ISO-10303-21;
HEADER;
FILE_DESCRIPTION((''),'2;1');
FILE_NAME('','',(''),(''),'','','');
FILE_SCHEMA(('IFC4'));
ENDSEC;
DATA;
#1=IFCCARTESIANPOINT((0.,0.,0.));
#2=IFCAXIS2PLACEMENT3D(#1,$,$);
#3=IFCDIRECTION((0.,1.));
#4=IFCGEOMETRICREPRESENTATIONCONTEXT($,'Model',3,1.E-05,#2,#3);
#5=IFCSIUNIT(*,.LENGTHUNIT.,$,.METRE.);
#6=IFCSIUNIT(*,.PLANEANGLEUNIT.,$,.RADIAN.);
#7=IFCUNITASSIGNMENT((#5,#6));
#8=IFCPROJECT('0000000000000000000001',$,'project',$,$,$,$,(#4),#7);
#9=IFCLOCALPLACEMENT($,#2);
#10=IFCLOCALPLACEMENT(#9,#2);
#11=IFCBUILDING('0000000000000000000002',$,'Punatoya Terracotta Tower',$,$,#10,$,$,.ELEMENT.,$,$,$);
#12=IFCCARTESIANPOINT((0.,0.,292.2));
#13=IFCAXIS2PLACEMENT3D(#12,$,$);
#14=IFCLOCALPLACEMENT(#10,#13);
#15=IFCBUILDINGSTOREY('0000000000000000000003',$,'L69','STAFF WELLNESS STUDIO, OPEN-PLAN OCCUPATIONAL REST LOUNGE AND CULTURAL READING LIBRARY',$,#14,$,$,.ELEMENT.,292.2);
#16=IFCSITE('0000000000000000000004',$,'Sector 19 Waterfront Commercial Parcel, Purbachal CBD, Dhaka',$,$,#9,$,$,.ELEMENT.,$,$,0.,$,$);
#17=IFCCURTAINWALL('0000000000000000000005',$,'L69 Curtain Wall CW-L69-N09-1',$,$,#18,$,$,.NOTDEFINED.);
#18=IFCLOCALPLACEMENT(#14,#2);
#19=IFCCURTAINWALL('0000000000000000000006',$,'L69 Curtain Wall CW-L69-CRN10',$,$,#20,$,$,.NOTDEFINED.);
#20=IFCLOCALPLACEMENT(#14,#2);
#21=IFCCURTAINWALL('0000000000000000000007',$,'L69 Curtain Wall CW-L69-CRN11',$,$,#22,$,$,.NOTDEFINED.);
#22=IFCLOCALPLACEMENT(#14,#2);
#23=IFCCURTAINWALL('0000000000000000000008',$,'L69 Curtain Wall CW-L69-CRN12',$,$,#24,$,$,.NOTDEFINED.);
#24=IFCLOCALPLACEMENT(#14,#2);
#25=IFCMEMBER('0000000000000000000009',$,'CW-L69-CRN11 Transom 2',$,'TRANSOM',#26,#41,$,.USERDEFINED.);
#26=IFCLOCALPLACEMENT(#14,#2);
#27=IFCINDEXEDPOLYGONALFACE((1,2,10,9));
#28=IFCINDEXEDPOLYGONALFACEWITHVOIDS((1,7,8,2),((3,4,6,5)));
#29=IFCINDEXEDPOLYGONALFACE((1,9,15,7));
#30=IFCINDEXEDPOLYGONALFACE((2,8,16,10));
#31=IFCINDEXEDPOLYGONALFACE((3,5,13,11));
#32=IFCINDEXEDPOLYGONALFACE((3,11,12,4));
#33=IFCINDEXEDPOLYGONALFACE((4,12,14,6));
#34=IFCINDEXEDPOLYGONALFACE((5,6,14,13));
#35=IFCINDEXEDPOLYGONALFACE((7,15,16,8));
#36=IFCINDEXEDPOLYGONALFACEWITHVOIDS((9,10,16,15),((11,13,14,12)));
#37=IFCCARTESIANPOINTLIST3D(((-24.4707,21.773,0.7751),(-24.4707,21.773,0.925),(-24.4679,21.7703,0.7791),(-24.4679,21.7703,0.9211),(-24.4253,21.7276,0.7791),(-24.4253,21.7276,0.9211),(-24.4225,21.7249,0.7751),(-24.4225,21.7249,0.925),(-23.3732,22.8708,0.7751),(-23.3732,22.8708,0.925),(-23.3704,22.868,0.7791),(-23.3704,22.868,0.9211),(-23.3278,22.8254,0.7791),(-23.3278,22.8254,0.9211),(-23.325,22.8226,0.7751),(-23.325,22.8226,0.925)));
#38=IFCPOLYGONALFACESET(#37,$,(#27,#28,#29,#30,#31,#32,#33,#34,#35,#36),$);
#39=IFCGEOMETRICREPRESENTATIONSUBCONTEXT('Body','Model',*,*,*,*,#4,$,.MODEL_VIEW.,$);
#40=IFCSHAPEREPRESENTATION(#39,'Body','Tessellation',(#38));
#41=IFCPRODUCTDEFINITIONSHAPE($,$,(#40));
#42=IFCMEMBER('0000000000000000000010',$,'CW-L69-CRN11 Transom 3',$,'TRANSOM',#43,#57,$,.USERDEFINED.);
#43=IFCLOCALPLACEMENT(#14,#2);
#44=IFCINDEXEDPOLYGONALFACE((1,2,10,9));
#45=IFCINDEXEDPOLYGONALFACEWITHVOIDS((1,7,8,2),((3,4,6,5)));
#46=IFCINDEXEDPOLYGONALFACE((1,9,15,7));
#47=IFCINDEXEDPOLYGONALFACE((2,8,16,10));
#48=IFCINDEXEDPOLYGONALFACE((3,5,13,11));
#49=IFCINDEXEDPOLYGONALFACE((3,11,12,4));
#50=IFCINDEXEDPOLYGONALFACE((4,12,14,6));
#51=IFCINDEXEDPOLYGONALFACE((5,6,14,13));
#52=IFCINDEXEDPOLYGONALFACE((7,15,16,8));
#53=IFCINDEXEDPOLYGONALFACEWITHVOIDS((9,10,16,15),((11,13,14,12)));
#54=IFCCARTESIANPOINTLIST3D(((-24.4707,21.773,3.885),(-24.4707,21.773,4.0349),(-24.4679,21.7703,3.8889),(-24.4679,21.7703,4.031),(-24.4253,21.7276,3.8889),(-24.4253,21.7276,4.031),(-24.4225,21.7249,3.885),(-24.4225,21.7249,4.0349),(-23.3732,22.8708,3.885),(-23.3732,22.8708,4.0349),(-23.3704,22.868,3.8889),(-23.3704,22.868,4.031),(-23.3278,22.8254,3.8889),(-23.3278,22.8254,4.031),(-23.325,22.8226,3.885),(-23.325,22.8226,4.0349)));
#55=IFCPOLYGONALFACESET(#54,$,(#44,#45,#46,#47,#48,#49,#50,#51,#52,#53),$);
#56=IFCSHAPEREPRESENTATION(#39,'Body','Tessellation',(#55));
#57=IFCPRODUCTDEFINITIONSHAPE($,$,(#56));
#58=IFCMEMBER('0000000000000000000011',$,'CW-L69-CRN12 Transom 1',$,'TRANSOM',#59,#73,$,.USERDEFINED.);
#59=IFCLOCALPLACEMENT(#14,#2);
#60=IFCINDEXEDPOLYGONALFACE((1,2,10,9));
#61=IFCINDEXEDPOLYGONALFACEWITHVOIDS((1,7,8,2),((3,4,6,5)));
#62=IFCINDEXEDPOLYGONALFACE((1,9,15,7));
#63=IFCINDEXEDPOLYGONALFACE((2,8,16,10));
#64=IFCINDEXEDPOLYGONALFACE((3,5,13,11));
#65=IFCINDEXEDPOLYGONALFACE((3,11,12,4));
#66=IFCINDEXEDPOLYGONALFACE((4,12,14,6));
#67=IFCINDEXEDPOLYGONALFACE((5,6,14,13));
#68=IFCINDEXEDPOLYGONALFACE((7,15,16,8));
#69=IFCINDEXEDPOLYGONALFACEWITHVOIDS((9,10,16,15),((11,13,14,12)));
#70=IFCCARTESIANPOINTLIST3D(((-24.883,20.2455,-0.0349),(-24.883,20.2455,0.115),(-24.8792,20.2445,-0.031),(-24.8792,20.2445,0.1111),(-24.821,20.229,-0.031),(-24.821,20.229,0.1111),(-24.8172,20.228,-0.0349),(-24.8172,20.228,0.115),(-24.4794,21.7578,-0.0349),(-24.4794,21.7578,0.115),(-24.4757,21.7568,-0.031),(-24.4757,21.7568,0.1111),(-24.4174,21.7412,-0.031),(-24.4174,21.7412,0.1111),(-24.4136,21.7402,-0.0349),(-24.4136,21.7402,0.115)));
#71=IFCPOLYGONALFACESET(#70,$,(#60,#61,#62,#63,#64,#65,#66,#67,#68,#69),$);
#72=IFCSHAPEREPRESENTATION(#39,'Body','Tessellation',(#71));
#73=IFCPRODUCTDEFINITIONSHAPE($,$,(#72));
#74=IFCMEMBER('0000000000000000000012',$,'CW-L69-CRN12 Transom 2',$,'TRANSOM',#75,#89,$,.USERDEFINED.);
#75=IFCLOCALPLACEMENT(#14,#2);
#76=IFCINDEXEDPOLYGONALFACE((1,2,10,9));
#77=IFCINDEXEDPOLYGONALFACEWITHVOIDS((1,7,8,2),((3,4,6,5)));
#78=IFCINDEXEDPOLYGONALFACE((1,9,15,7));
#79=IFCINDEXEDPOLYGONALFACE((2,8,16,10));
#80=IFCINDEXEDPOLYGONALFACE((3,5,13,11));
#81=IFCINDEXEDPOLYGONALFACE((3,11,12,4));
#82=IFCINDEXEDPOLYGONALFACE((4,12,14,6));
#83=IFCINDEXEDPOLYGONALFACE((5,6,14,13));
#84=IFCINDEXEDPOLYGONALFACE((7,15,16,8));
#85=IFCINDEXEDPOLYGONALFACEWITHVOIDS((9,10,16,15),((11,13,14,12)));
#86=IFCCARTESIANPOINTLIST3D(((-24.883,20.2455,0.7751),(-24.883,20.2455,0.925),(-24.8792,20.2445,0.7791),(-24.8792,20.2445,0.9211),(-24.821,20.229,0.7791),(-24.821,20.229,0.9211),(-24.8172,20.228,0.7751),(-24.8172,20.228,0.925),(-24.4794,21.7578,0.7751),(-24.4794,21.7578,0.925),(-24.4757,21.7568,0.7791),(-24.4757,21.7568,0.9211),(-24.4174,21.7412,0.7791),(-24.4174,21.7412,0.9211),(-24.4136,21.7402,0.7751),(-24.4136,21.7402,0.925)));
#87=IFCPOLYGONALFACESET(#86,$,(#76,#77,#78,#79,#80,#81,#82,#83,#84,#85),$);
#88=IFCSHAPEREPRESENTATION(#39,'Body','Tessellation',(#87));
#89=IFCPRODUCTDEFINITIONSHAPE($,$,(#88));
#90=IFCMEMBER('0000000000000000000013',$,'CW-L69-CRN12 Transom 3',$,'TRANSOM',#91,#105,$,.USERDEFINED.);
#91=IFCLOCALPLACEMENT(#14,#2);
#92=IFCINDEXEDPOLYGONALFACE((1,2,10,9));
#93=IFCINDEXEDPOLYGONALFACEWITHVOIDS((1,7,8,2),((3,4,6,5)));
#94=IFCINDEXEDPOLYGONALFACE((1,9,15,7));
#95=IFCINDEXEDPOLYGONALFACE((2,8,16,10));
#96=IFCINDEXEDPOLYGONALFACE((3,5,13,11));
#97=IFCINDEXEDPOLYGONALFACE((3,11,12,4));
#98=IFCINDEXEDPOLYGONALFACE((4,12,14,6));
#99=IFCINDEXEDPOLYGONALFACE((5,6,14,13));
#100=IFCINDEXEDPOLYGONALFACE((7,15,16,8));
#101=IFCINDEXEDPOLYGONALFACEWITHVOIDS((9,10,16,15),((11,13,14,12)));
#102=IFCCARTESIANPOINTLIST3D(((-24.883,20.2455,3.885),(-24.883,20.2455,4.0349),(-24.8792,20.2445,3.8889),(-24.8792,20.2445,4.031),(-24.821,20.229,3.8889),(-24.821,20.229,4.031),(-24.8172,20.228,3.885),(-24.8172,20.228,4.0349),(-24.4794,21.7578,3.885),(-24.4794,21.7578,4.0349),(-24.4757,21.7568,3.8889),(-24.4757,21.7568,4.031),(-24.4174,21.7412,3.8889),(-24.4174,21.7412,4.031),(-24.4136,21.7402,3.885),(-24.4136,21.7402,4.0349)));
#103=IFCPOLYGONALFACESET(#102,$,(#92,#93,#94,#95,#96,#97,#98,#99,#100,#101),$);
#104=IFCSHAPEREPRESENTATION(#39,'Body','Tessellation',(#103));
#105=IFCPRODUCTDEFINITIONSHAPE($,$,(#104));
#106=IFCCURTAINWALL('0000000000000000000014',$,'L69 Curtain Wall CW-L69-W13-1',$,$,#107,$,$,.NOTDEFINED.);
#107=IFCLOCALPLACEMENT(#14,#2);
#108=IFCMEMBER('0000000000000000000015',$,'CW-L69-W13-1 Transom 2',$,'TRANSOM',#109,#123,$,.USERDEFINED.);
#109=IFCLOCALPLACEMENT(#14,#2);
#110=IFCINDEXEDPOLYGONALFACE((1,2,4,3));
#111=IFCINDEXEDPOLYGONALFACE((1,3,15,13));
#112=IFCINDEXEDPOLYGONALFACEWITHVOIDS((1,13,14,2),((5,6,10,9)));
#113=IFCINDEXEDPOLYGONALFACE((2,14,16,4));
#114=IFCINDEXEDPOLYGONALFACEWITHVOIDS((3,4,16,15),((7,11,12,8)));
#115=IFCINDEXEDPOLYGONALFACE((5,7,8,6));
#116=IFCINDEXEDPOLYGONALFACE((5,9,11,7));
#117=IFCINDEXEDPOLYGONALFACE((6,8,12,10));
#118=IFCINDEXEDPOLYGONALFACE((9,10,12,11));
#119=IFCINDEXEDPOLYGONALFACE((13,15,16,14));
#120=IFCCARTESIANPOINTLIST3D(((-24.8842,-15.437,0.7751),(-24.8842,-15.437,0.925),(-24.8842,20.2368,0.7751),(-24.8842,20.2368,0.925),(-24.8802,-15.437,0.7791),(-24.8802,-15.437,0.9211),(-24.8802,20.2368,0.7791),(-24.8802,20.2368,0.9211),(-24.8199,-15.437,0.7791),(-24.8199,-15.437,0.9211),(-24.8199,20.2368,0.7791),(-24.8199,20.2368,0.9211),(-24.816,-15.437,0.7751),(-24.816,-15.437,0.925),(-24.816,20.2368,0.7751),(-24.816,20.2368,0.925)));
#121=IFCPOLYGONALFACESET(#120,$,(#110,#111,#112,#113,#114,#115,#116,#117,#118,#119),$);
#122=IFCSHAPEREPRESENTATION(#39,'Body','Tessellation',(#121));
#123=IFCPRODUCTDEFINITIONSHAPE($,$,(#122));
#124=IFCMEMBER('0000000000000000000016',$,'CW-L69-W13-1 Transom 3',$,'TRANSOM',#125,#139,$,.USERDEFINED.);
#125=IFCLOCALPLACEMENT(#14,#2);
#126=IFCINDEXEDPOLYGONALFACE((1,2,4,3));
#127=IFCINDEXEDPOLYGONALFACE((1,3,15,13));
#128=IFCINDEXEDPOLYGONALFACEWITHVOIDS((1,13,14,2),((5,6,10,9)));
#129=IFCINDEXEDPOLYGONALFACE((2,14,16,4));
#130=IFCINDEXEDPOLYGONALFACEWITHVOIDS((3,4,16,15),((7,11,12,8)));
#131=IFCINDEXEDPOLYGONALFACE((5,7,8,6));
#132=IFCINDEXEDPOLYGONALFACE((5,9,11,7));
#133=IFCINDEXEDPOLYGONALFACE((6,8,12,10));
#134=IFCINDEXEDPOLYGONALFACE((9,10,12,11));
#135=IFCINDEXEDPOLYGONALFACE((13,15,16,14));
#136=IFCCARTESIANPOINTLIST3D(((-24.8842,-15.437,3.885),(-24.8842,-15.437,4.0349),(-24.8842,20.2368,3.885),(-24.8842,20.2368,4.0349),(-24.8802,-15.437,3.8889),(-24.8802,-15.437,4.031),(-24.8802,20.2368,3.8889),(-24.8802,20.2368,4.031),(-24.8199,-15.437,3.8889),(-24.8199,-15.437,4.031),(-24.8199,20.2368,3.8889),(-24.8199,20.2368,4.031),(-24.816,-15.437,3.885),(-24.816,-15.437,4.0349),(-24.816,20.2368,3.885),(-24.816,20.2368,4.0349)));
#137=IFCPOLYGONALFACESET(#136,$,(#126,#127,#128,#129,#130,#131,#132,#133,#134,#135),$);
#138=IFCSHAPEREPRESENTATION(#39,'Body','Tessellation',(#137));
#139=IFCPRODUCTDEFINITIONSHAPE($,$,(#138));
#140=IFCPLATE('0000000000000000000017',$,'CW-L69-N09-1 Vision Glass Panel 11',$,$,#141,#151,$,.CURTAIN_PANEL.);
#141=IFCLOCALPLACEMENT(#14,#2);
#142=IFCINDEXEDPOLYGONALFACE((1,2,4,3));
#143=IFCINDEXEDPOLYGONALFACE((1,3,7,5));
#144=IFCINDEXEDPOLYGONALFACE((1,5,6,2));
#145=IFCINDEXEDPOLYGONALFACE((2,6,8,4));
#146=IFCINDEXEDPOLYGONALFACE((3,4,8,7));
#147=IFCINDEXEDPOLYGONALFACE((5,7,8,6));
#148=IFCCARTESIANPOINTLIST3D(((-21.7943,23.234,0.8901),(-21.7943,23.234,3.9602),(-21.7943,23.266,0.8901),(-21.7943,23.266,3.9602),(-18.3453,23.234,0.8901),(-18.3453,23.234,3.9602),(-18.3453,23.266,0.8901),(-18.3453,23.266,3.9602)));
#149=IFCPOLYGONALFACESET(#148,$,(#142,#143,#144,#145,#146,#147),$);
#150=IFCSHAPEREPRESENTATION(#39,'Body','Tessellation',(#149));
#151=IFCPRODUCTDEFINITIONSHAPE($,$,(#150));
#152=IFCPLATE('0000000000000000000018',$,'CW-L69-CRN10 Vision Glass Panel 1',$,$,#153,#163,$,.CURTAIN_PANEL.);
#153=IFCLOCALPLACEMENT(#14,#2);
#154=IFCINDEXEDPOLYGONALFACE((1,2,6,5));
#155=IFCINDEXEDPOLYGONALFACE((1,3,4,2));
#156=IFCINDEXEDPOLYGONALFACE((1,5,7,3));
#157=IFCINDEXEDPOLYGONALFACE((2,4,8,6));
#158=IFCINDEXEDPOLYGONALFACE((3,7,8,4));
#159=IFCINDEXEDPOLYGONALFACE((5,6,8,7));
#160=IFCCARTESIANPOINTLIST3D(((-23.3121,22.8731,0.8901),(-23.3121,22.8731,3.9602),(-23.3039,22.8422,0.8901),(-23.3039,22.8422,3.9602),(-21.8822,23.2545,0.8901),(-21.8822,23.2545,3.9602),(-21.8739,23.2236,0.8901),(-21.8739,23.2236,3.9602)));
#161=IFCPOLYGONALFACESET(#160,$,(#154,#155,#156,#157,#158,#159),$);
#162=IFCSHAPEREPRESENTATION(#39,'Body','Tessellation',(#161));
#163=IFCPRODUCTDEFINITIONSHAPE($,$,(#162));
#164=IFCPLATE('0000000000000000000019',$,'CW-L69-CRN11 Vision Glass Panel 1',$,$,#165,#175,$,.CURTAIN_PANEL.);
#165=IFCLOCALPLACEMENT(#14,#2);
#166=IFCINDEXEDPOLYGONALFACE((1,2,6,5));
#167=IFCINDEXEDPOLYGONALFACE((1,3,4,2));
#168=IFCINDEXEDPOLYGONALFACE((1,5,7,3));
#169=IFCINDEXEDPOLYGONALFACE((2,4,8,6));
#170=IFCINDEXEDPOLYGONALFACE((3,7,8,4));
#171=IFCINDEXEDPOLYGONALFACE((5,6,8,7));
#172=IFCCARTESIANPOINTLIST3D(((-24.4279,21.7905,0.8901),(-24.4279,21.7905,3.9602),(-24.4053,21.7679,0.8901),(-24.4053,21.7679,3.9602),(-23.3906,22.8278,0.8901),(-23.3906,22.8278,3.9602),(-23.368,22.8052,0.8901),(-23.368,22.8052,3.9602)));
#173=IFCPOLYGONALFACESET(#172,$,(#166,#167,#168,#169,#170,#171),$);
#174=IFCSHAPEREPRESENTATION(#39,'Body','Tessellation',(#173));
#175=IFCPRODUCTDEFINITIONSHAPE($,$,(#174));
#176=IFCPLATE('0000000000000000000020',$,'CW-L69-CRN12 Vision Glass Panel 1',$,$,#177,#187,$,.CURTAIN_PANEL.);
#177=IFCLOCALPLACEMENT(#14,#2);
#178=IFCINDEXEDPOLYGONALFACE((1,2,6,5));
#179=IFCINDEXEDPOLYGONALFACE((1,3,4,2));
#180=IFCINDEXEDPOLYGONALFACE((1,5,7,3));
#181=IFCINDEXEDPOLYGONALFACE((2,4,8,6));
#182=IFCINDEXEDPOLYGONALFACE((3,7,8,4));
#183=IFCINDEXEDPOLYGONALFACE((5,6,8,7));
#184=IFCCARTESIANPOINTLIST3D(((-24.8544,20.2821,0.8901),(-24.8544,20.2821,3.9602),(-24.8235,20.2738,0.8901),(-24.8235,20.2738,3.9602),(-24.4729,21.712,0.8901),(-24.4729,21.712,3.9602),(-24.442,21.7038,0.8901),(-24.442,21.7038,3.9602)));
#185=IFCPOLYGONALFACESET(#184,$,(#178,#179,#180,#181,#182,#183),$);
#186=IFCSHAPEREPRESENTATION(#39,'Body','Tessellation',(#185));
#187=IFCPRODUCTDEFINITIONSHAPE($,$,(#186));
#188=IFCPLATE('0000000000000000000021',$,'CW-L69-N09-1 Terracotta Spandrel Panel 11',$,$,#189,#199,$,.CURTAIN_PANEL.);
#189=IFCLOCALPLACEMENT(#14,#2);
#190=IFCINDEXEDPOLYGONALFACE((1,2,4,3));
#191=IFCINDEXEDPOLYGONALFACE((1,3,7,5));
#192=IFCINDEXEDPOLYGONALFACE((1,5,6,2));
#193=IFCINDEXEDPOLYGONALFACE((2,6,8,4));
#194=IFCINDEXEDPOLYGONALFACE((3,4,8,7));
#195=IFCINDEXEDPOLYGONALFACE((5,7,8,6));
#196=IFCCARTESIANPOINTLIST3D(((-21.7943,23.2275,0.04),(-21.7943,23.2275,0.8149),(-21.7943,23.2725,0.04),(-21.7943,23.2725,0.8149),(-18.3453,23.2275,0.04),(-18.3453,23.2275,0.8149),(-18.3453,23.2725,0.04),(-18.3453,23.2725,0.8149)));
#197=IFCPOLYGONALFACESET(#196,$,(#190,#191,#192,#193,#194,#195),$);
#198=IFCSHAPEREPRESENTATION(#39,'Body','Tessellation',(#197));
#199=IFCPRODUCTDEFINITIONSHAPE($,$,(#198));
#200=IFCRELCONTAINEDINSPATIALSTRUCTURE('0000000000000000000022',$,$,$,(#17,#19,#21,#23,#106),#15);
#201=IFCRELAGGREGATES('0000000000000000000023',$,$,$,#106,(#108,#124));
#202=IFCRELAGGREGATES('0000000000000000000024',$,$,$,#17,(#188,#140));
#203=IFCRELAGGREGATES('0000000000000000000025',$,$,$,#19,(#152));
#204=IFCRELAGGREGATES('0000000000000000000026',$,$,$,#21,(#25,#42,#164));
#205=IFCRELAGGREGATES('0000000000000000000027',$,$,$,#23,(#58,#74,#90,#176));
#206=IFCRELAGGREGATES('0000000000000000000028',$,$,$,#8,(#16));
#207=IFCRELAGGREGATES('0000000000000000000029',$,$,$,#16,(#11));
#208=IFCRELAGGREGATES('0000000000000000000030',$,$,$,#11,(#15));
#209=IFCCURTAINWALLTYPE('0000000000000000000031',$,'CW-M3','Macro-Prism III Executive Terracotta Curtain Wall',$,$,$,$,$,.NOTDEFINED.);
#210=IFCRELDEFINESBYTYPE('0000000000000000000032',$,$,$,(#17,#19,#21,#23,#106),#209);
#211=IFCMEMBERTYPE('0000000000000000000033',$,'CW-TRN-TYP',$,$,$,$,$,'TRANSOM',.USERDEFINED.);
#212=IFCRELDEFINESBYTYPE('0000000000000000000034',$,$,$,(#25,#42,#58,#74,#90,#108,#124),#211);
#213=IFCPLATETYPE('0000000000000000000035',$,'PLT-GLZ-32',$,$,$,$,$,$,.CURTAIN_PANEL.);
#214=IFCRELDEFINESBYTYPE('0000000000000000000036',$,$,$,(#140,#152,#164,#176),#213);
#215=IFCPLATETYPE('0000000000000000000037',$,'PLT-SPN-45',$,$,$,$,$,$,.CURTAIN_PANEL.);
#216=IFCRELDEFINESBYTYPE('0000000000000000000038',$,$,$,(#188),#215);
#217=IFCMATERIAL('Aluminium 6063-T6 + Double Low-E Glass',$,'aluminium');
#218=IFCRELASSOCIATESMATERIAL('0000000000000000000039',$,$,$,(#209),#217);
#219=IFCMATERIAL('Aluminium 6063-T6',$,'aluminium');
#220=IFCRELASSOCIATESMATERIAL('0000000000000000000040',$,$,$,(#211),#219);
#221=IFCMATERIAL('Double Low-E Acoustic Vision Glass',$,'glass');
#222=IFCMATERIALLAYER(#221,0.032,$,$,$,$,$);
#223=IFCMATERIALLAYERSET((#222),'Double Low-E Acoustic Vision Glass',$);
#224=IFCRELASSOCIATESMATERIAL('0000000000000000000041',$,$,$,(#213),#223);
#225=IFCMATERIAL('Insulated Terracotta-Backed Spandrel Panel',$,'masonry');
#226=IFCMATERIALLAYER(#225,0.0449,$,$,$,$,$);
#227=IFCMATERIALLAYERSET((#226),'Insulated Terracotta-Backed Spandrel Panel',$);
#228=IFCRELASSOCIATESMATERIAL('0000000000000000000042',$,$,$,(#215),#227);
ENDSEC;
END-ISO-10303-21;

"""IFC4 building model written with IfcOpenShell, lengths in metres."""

from ifc_helpers import new_model, si_unit, direction, frame, origin, origin_2d, place, context, subcontext, project, spatial, rectangle, hollow_rectangle, extrude, material, layer, layer_set, material_profile, profile_set, type_object, element, aggregate, save


model = new_model("IFC4")

# Units and contexts
model_context = context("Model", 3, precision=1e-05, world=origin(), true_north=direction((0.0, 1.0)))
body_context = subcontext(model_context, "Body", "Model", "MODEL_VIEW")
ifc_project = project(units=[si_unit("LENGTHUNIT", "METRE"), si_unit("PLANEANGLEUNIT", "RADIAN")], contexts=[model_context])

# Site, building, storey
site_placement = place(None, origin())
site = spatial("IfcSite", under=ifc_project, at=site_placement, Name="Sector 19 Waterfront Commercial Parcel, Purbachal CBD, Dhaka", CompositionType="ELEMENT", RefElevation=0.0)
building_placement = place(site_placement, origin())
building = spatial("IfcBuilding", under=site, at=building_placement, Name="Punatoya Terracotta Tower", CompositionType="ELEMENT")
storey_placement = place(building_placement, frame((0.0, 0.0, 292.2)))
storey = spatial("IfcBuildingStorey", under=building, at=storey_placement, Name="L69", Description="STAFF WELLNESS STUDIO, OPEN-PLAN OCCUPATIONAL REST LOUNGE AND CULTURAL READING LIBRARY", CompositionType="ELEMENT", Elevation=292.2)

# Curtain wall
ifc_material_1 = material(Name="Aluminium 6063-T6 + Double Low-E Glass", Category="aluminium")
curtain_wall_type = type_object("IfcCurtainWallType", Name="CW-M3", Description="Macro-Prism III Executive Terracotta Curtain Wall", PredefinedType="NOTDEFINED", material=ifc_material_1)
curtain_wall_1_placement = place(storey_placement, origin())
curtain_wall_1 = element("IfcCurtainWall", 1, at=curtain_wall_1_placement, inside=storey, type_object=curtain_wall_type, Name="L69 Curtain Wall CW-L69-N09-1", PredefinedType="NOTDEFINED")
ifc_material_2 = material(Name="Aluminium 6063-T6", Category="aluminium")

# Curtain walls
curtain_wall_2_placement = place(storey_placement, origin())
curtain_wall_2 = element("IfcCurtainWall", 2, at=curtain_wall_2_placement, inside=storey, type_object=curtain_wall_type, Name="L69 Curtain Wall CW-L69-CRN10", PredefinedType="NOTDEFINED")
curtain_wall_3_placement = place(storey_placement, origin())
curtain_wall_3 = element("IfcCurtainWall", 3, at=curtain_wall_3_placement, inside=storey, type_object=curtain_wall_type, Name="L69 Curtain Wall CW-L69-CRN11", PredefinedType="NOTDEFINED")
curtain_wall_4_placement = place(storey_placement, origin())
curtain_wall_4 = element("IfcCurtainWall", 4, at=curtain_wall_4_placement, inside=storey, type_object=curtain_wall_type, Name="L69 Curtain Wall CW-L69-CRN12", PredefinedType="NOTDEFINED")

# Members
ifc_material_profile_1 = material_profile(ifc_material_2, hollow_rectangle(XDim=0.0681, YDim=0.1499, WallThickness=0.0039, at=origin_2d()))
ifc_profile_set_1 = profile_set([ifc_material_profile_1], Name="Aluminium 6063-T6")
member_type_1 = type_object("IfcMemberType", Name="CW-TRN-TYP", ElementType="TRANSOM", PredefinedType="USERDEFINED", material=ifc_profile_set_1)
member_1_placement = place(storey_placement, frame((-23.3491, 22.8467, 0.8501), z_axis=(-0.707028, -0.707185, 0.0), x_axis=(0.707185, -0.707028, 0.0)))
member_1 = element("IfcMember", 5, at=member_1_placement, type_object=member_type_1, Name="CW-L69-CRN11 Transom 2", ObjectType="TRANSOM", PredefinedType="USERDEFINED", context=body_context, shape_type="SweptSolid", body=[
    extrude(hollow_rectangle(XDim=0.0681, YDim=0.1499, WallThickness=0.0039, at=origin_2d()), origin(), (0.0, 0.0, 1.0), 1.5522),
])
member_2_placement = place(storey_placement, frame((-23.3491, 22.8467, 3.96), z_axis=(-0.707028, -0.707185, 0.0), x_axis=(0.707185, -0.707028, 0.0)))
member_2 = element("IfcMember", 6, at=member_2_placement, type_object=member_type_1, Name="CW-L69-CRN11 Transom 3", ObjectType="TRANSOM", PredefinedType="USERDEFINED", context=body_context, shape_type="SweptSolid", body=[
    extrude(hollow_rectangle(XDim=0.0681, YDim=0.1499, WallThickness=0.0039, at=origin_2d()), origin(), (0.0, 0.0, 1.0), 1.5522),
])
member_3_placement = place(storey_placement, frame((-24.4465, 21.749, 0.04), z_axis=(-0.257847, -0.966186, 0.0), x_axis=(0.966186, -0.257847, 0.0)))
member_3 = element("IfcMember", 7, at=member_3_placement, type_object=member_type_1, Name="CW-L69-CRN12 Transom 1", ObjectType="TRANSOM", PredefinedType="USERDEFINED", context=body_context, shape_type="SweptSolid", body=[
    extrude(hollow_rectangle(XDim=0.0681, YDim=0.1499, WallThickness=0.0039, at=origin_2d()), origin(), (0.0, 0.0, 1.0), 1.5652),
])
member_4_placement = place(storey_placement, frame((-24.4465, 21.749, 0.8501), z_axis=(-0.257847, -0.966186, 0.0), x_axis=(0.966186, -0.257847, 0.0)))
member_4 = element("IfcMember", 8, at=member_4_placement, type_object=member_type_1, Name="CW-L69-CRN12 Transom 2", ObjectType="TRANSOM", PredefinedType="USERDEFINED", context=body_context, shape_type="SweptSolid", body=[
    extrude(hollow_rectangle(XDim=0.0681, YDim=0.1499, WallThickness=0.0039, at=origin_2d()), origin(), (0.0, 0.0, 1.0), 1.5652),
])
member_5_placement = place(storey_placement, frame((-24.4465, 21.749, 3.96), z_axis=(-0.257847, -0.966186, 0.0), x_axis=(0.966186, -0.257847, 0.0)))
member_5 = element("IfcMember", 9, at=member_5_placement, type_object=member_type_1, Name="CW-L69-CRN12 Transom 3", ObjectType="TRANSOM", PredefinedType="USERDEFINED", context=body_context, shape_type="SweptSolid", body=[
    extrude(hollow_rectangle(XDim=0.0681, YDim=0.1499, WallThickness=0.0039, at=origin_2d()), origin(), (0.0, 0.0, 1.0), 1.5652),
])

# Curtain wall, members
curtain_wall_5_placement = place(storey_placement, origin())
curtain_wall_5 = element("IfcCurtainWall", 10, at=curtain_wall_5_placement, inside=storey, type_object=curtain_wall_type, Name="L69 Curtain Wall CW-L69-W13-1", PredefinedType="NOTDEFINED")
member_6_placement = place(storey_placement, frame((-24.8501, 20.2368, 0.8501), z_axis=(0.0, -1.0, 0.0), x_axis=(1.0, 0.0, 0.0)))
member_6 = element("IfcMember", 11, at=member_6_placement, type_object=member_type_1, Name="CW-L69-W13-1 Transom 2", ObjectType="TRANSOM", PredefinedType="USERDEFINED", context=body_context, shape_type="SweptSolid", body=[
    extrude(hollow_rectangle(XDim=0.0681, YDim=0.1499, WallThickness=0.0039, at=origin_2d()), origin(), (0.0, 0.0, 1.0), 35.6738),
])
member_7_placement = place(storey_placement, frame((-24.8501, 20.2368, 3.96), z_axis=(0.0, -1.0, 0.0), x_axis=(1.0, 0.0, 0.0)))
member_7 = element("IfcMember", 12, at=member_7_placement, type_object=member_type_1, Name="CW-L69-W13-1 Transom 3", ObjectType="TRANSOM", PredefinedType="USERDEFINED", context=body_context, shape_type="SweptSolid", body=[
    extrude(hollow_rectangle(XDim=0.0681, YDim=0.1499, WallThickness=0.0039, at=origin_2d()), origin(), (0.0, 0.0, 1.0), 35.6738),
])
aggregate(curtain_wall_5, [member_6, member_7])

# Plates
ifc_material_3 = material(Name="Double Low-E Acoustic Vision Glass", Category="glass")
ifc_layer_1 = layer(ifc_material_3, 0.032)
ifc_layer_set_1 = layer_set([ifc_layer_1], Name="Double Low-E Acoustic Vision Glass")
plate_type_1 = type_object("IfcPlateType", Name="PLT-GLZ-32", PredefinedType="CURTAIN_PANEL", material=ifc_layer_set_1)
plate_1_placement = place(storey_placement, frame((-20.0698, 23.25, 0.8901), z_axis=(0.0, 0.0, 1.0), x_axis=(-1.0, 0.0, 0.0)))
plate_1 = element("IfcPlate", 13, at=plate_1_placement, type_object=plate_type_1, Name="CW-L69-N09-1 Vision Glass Panel 11", PredefinedType="CURTAIN_PANEL", context=body_context, shape_type="SweptSolid", body=[
    extrude(rectangle(XDim=3.449, YDim=0.032, at=origin_2d()), origin(), (0.0, 0.0, 1.0), 3.0701),
])
plate_2_placement = place(storey_placement, frame((-22.593, 23.0483, 0.8901), z_axis=(0.0, 0.0, 1.0), x_axis=(-0.966214, -0.257742, 0.0)))
plate_2 = element("IfcPlate", 14, at=plate_2_placement, type_object=plate_type_1, Name="CW-L69-CRN10 Vision Glass Panel 1", PredefinedType="CURTAIN_PANEL", context=body_context, shape_type="SweptSolid", body=[
    extrude(rectangle(XDim=1.48, YDim=0.032, at=origin_2d()), origin(), (0.0, 0.0, 1.0), 3.0701),
])
plate_3_placement = place(storey_placement, frame((-23.8979, 22.2979, 0.8901), z_axis=(0.0, 0.0, 1.0), x_axis=(-0.707107, -0.707107, 0.0)))
plate_3 = element("IfcPlate", 15, at=plate_3_placement, type_object=plate_type_1, Name="CW-L69-CRN11 Vision Glass Panel 1", PredefinedType="CURTAIN_PANEL", context=body_context, shape_type="SweptSolid", body=[
    extrude(rectangle(XDim=1.467, YDim=0.032, at=origin_2d()), origin(), (0.0, 0.0, 1.0), 3.0701),
])
plate_4_placement = place(storey_placement, frame((-24.6482, 20.9929, 0.8901), z_axis=(0.0, 0.0, 1.0), x_axis=(-0.257742, -0.966214, 0.0)))
plate_4 = element("IfcPlate", 16, at=plate_4_placement, type_object=plate_type_1, Name="CW-L69-CRN12 Vision Glass Panel 1", PredefinedType="CURTAIN_PANEL", context=body_context, shape_type="SweptSolid", body=[
    extrude(rectangle(XDim=1.48, YDim=0.032, at=origin_2d()), origin(), (0.0, 0.0, 1.0), 3.0701),
])
ifc_material_4 = material(Name="Insulated Terracotta-Backed Spandrel Panel", Category="masonry")
ifc_layer_2 = layer(ifc_material_4, 0.0449)
ifc_layer_set_2 = layer_set([ifc_layer_2], Name="Insulated Terracotta-Backed Spandrel Panel")
plate_type_2 = type_object("IfcPlateType", Name="PLT-SPN-45", PredefinedType="CURTAIN_PANEL", material=ifc_layer_set_2)
plate_5_placement = place(storey_placement, frame((-20.0698, 23.25, 0.04), z_axis=(0.0, 0.0, 1.0), x_axis=(-1.0, 0.0, 0.0)))
plate_5 = element("IfcPlate", 17, at=plate_5_placement, type_object=plate_type_2, Name="CW-L69-N09-1 Terracotta Spandrel Panel 11", PredefinedType="CURTAIN_PANEL", context=body_context, shape_type="SweptSolid", body=[
    extrude(rectangle(XDim=3.449, YDim=0.0449, at=origin_2d()), origin(), (0.0, 0.0, 1.0), 0.7749),
])
aggregate(curtain_wall_1, [plate_5, plate_1])
aggregate(curtain_wall_2, [plate_2])
aggregate(curtain_wall_3, [member_1, member_2, plate_3])
aggregate(curtain_wall_4, [member_3, member_4, member_5, plate_4])

save(model, "model.ifc")
